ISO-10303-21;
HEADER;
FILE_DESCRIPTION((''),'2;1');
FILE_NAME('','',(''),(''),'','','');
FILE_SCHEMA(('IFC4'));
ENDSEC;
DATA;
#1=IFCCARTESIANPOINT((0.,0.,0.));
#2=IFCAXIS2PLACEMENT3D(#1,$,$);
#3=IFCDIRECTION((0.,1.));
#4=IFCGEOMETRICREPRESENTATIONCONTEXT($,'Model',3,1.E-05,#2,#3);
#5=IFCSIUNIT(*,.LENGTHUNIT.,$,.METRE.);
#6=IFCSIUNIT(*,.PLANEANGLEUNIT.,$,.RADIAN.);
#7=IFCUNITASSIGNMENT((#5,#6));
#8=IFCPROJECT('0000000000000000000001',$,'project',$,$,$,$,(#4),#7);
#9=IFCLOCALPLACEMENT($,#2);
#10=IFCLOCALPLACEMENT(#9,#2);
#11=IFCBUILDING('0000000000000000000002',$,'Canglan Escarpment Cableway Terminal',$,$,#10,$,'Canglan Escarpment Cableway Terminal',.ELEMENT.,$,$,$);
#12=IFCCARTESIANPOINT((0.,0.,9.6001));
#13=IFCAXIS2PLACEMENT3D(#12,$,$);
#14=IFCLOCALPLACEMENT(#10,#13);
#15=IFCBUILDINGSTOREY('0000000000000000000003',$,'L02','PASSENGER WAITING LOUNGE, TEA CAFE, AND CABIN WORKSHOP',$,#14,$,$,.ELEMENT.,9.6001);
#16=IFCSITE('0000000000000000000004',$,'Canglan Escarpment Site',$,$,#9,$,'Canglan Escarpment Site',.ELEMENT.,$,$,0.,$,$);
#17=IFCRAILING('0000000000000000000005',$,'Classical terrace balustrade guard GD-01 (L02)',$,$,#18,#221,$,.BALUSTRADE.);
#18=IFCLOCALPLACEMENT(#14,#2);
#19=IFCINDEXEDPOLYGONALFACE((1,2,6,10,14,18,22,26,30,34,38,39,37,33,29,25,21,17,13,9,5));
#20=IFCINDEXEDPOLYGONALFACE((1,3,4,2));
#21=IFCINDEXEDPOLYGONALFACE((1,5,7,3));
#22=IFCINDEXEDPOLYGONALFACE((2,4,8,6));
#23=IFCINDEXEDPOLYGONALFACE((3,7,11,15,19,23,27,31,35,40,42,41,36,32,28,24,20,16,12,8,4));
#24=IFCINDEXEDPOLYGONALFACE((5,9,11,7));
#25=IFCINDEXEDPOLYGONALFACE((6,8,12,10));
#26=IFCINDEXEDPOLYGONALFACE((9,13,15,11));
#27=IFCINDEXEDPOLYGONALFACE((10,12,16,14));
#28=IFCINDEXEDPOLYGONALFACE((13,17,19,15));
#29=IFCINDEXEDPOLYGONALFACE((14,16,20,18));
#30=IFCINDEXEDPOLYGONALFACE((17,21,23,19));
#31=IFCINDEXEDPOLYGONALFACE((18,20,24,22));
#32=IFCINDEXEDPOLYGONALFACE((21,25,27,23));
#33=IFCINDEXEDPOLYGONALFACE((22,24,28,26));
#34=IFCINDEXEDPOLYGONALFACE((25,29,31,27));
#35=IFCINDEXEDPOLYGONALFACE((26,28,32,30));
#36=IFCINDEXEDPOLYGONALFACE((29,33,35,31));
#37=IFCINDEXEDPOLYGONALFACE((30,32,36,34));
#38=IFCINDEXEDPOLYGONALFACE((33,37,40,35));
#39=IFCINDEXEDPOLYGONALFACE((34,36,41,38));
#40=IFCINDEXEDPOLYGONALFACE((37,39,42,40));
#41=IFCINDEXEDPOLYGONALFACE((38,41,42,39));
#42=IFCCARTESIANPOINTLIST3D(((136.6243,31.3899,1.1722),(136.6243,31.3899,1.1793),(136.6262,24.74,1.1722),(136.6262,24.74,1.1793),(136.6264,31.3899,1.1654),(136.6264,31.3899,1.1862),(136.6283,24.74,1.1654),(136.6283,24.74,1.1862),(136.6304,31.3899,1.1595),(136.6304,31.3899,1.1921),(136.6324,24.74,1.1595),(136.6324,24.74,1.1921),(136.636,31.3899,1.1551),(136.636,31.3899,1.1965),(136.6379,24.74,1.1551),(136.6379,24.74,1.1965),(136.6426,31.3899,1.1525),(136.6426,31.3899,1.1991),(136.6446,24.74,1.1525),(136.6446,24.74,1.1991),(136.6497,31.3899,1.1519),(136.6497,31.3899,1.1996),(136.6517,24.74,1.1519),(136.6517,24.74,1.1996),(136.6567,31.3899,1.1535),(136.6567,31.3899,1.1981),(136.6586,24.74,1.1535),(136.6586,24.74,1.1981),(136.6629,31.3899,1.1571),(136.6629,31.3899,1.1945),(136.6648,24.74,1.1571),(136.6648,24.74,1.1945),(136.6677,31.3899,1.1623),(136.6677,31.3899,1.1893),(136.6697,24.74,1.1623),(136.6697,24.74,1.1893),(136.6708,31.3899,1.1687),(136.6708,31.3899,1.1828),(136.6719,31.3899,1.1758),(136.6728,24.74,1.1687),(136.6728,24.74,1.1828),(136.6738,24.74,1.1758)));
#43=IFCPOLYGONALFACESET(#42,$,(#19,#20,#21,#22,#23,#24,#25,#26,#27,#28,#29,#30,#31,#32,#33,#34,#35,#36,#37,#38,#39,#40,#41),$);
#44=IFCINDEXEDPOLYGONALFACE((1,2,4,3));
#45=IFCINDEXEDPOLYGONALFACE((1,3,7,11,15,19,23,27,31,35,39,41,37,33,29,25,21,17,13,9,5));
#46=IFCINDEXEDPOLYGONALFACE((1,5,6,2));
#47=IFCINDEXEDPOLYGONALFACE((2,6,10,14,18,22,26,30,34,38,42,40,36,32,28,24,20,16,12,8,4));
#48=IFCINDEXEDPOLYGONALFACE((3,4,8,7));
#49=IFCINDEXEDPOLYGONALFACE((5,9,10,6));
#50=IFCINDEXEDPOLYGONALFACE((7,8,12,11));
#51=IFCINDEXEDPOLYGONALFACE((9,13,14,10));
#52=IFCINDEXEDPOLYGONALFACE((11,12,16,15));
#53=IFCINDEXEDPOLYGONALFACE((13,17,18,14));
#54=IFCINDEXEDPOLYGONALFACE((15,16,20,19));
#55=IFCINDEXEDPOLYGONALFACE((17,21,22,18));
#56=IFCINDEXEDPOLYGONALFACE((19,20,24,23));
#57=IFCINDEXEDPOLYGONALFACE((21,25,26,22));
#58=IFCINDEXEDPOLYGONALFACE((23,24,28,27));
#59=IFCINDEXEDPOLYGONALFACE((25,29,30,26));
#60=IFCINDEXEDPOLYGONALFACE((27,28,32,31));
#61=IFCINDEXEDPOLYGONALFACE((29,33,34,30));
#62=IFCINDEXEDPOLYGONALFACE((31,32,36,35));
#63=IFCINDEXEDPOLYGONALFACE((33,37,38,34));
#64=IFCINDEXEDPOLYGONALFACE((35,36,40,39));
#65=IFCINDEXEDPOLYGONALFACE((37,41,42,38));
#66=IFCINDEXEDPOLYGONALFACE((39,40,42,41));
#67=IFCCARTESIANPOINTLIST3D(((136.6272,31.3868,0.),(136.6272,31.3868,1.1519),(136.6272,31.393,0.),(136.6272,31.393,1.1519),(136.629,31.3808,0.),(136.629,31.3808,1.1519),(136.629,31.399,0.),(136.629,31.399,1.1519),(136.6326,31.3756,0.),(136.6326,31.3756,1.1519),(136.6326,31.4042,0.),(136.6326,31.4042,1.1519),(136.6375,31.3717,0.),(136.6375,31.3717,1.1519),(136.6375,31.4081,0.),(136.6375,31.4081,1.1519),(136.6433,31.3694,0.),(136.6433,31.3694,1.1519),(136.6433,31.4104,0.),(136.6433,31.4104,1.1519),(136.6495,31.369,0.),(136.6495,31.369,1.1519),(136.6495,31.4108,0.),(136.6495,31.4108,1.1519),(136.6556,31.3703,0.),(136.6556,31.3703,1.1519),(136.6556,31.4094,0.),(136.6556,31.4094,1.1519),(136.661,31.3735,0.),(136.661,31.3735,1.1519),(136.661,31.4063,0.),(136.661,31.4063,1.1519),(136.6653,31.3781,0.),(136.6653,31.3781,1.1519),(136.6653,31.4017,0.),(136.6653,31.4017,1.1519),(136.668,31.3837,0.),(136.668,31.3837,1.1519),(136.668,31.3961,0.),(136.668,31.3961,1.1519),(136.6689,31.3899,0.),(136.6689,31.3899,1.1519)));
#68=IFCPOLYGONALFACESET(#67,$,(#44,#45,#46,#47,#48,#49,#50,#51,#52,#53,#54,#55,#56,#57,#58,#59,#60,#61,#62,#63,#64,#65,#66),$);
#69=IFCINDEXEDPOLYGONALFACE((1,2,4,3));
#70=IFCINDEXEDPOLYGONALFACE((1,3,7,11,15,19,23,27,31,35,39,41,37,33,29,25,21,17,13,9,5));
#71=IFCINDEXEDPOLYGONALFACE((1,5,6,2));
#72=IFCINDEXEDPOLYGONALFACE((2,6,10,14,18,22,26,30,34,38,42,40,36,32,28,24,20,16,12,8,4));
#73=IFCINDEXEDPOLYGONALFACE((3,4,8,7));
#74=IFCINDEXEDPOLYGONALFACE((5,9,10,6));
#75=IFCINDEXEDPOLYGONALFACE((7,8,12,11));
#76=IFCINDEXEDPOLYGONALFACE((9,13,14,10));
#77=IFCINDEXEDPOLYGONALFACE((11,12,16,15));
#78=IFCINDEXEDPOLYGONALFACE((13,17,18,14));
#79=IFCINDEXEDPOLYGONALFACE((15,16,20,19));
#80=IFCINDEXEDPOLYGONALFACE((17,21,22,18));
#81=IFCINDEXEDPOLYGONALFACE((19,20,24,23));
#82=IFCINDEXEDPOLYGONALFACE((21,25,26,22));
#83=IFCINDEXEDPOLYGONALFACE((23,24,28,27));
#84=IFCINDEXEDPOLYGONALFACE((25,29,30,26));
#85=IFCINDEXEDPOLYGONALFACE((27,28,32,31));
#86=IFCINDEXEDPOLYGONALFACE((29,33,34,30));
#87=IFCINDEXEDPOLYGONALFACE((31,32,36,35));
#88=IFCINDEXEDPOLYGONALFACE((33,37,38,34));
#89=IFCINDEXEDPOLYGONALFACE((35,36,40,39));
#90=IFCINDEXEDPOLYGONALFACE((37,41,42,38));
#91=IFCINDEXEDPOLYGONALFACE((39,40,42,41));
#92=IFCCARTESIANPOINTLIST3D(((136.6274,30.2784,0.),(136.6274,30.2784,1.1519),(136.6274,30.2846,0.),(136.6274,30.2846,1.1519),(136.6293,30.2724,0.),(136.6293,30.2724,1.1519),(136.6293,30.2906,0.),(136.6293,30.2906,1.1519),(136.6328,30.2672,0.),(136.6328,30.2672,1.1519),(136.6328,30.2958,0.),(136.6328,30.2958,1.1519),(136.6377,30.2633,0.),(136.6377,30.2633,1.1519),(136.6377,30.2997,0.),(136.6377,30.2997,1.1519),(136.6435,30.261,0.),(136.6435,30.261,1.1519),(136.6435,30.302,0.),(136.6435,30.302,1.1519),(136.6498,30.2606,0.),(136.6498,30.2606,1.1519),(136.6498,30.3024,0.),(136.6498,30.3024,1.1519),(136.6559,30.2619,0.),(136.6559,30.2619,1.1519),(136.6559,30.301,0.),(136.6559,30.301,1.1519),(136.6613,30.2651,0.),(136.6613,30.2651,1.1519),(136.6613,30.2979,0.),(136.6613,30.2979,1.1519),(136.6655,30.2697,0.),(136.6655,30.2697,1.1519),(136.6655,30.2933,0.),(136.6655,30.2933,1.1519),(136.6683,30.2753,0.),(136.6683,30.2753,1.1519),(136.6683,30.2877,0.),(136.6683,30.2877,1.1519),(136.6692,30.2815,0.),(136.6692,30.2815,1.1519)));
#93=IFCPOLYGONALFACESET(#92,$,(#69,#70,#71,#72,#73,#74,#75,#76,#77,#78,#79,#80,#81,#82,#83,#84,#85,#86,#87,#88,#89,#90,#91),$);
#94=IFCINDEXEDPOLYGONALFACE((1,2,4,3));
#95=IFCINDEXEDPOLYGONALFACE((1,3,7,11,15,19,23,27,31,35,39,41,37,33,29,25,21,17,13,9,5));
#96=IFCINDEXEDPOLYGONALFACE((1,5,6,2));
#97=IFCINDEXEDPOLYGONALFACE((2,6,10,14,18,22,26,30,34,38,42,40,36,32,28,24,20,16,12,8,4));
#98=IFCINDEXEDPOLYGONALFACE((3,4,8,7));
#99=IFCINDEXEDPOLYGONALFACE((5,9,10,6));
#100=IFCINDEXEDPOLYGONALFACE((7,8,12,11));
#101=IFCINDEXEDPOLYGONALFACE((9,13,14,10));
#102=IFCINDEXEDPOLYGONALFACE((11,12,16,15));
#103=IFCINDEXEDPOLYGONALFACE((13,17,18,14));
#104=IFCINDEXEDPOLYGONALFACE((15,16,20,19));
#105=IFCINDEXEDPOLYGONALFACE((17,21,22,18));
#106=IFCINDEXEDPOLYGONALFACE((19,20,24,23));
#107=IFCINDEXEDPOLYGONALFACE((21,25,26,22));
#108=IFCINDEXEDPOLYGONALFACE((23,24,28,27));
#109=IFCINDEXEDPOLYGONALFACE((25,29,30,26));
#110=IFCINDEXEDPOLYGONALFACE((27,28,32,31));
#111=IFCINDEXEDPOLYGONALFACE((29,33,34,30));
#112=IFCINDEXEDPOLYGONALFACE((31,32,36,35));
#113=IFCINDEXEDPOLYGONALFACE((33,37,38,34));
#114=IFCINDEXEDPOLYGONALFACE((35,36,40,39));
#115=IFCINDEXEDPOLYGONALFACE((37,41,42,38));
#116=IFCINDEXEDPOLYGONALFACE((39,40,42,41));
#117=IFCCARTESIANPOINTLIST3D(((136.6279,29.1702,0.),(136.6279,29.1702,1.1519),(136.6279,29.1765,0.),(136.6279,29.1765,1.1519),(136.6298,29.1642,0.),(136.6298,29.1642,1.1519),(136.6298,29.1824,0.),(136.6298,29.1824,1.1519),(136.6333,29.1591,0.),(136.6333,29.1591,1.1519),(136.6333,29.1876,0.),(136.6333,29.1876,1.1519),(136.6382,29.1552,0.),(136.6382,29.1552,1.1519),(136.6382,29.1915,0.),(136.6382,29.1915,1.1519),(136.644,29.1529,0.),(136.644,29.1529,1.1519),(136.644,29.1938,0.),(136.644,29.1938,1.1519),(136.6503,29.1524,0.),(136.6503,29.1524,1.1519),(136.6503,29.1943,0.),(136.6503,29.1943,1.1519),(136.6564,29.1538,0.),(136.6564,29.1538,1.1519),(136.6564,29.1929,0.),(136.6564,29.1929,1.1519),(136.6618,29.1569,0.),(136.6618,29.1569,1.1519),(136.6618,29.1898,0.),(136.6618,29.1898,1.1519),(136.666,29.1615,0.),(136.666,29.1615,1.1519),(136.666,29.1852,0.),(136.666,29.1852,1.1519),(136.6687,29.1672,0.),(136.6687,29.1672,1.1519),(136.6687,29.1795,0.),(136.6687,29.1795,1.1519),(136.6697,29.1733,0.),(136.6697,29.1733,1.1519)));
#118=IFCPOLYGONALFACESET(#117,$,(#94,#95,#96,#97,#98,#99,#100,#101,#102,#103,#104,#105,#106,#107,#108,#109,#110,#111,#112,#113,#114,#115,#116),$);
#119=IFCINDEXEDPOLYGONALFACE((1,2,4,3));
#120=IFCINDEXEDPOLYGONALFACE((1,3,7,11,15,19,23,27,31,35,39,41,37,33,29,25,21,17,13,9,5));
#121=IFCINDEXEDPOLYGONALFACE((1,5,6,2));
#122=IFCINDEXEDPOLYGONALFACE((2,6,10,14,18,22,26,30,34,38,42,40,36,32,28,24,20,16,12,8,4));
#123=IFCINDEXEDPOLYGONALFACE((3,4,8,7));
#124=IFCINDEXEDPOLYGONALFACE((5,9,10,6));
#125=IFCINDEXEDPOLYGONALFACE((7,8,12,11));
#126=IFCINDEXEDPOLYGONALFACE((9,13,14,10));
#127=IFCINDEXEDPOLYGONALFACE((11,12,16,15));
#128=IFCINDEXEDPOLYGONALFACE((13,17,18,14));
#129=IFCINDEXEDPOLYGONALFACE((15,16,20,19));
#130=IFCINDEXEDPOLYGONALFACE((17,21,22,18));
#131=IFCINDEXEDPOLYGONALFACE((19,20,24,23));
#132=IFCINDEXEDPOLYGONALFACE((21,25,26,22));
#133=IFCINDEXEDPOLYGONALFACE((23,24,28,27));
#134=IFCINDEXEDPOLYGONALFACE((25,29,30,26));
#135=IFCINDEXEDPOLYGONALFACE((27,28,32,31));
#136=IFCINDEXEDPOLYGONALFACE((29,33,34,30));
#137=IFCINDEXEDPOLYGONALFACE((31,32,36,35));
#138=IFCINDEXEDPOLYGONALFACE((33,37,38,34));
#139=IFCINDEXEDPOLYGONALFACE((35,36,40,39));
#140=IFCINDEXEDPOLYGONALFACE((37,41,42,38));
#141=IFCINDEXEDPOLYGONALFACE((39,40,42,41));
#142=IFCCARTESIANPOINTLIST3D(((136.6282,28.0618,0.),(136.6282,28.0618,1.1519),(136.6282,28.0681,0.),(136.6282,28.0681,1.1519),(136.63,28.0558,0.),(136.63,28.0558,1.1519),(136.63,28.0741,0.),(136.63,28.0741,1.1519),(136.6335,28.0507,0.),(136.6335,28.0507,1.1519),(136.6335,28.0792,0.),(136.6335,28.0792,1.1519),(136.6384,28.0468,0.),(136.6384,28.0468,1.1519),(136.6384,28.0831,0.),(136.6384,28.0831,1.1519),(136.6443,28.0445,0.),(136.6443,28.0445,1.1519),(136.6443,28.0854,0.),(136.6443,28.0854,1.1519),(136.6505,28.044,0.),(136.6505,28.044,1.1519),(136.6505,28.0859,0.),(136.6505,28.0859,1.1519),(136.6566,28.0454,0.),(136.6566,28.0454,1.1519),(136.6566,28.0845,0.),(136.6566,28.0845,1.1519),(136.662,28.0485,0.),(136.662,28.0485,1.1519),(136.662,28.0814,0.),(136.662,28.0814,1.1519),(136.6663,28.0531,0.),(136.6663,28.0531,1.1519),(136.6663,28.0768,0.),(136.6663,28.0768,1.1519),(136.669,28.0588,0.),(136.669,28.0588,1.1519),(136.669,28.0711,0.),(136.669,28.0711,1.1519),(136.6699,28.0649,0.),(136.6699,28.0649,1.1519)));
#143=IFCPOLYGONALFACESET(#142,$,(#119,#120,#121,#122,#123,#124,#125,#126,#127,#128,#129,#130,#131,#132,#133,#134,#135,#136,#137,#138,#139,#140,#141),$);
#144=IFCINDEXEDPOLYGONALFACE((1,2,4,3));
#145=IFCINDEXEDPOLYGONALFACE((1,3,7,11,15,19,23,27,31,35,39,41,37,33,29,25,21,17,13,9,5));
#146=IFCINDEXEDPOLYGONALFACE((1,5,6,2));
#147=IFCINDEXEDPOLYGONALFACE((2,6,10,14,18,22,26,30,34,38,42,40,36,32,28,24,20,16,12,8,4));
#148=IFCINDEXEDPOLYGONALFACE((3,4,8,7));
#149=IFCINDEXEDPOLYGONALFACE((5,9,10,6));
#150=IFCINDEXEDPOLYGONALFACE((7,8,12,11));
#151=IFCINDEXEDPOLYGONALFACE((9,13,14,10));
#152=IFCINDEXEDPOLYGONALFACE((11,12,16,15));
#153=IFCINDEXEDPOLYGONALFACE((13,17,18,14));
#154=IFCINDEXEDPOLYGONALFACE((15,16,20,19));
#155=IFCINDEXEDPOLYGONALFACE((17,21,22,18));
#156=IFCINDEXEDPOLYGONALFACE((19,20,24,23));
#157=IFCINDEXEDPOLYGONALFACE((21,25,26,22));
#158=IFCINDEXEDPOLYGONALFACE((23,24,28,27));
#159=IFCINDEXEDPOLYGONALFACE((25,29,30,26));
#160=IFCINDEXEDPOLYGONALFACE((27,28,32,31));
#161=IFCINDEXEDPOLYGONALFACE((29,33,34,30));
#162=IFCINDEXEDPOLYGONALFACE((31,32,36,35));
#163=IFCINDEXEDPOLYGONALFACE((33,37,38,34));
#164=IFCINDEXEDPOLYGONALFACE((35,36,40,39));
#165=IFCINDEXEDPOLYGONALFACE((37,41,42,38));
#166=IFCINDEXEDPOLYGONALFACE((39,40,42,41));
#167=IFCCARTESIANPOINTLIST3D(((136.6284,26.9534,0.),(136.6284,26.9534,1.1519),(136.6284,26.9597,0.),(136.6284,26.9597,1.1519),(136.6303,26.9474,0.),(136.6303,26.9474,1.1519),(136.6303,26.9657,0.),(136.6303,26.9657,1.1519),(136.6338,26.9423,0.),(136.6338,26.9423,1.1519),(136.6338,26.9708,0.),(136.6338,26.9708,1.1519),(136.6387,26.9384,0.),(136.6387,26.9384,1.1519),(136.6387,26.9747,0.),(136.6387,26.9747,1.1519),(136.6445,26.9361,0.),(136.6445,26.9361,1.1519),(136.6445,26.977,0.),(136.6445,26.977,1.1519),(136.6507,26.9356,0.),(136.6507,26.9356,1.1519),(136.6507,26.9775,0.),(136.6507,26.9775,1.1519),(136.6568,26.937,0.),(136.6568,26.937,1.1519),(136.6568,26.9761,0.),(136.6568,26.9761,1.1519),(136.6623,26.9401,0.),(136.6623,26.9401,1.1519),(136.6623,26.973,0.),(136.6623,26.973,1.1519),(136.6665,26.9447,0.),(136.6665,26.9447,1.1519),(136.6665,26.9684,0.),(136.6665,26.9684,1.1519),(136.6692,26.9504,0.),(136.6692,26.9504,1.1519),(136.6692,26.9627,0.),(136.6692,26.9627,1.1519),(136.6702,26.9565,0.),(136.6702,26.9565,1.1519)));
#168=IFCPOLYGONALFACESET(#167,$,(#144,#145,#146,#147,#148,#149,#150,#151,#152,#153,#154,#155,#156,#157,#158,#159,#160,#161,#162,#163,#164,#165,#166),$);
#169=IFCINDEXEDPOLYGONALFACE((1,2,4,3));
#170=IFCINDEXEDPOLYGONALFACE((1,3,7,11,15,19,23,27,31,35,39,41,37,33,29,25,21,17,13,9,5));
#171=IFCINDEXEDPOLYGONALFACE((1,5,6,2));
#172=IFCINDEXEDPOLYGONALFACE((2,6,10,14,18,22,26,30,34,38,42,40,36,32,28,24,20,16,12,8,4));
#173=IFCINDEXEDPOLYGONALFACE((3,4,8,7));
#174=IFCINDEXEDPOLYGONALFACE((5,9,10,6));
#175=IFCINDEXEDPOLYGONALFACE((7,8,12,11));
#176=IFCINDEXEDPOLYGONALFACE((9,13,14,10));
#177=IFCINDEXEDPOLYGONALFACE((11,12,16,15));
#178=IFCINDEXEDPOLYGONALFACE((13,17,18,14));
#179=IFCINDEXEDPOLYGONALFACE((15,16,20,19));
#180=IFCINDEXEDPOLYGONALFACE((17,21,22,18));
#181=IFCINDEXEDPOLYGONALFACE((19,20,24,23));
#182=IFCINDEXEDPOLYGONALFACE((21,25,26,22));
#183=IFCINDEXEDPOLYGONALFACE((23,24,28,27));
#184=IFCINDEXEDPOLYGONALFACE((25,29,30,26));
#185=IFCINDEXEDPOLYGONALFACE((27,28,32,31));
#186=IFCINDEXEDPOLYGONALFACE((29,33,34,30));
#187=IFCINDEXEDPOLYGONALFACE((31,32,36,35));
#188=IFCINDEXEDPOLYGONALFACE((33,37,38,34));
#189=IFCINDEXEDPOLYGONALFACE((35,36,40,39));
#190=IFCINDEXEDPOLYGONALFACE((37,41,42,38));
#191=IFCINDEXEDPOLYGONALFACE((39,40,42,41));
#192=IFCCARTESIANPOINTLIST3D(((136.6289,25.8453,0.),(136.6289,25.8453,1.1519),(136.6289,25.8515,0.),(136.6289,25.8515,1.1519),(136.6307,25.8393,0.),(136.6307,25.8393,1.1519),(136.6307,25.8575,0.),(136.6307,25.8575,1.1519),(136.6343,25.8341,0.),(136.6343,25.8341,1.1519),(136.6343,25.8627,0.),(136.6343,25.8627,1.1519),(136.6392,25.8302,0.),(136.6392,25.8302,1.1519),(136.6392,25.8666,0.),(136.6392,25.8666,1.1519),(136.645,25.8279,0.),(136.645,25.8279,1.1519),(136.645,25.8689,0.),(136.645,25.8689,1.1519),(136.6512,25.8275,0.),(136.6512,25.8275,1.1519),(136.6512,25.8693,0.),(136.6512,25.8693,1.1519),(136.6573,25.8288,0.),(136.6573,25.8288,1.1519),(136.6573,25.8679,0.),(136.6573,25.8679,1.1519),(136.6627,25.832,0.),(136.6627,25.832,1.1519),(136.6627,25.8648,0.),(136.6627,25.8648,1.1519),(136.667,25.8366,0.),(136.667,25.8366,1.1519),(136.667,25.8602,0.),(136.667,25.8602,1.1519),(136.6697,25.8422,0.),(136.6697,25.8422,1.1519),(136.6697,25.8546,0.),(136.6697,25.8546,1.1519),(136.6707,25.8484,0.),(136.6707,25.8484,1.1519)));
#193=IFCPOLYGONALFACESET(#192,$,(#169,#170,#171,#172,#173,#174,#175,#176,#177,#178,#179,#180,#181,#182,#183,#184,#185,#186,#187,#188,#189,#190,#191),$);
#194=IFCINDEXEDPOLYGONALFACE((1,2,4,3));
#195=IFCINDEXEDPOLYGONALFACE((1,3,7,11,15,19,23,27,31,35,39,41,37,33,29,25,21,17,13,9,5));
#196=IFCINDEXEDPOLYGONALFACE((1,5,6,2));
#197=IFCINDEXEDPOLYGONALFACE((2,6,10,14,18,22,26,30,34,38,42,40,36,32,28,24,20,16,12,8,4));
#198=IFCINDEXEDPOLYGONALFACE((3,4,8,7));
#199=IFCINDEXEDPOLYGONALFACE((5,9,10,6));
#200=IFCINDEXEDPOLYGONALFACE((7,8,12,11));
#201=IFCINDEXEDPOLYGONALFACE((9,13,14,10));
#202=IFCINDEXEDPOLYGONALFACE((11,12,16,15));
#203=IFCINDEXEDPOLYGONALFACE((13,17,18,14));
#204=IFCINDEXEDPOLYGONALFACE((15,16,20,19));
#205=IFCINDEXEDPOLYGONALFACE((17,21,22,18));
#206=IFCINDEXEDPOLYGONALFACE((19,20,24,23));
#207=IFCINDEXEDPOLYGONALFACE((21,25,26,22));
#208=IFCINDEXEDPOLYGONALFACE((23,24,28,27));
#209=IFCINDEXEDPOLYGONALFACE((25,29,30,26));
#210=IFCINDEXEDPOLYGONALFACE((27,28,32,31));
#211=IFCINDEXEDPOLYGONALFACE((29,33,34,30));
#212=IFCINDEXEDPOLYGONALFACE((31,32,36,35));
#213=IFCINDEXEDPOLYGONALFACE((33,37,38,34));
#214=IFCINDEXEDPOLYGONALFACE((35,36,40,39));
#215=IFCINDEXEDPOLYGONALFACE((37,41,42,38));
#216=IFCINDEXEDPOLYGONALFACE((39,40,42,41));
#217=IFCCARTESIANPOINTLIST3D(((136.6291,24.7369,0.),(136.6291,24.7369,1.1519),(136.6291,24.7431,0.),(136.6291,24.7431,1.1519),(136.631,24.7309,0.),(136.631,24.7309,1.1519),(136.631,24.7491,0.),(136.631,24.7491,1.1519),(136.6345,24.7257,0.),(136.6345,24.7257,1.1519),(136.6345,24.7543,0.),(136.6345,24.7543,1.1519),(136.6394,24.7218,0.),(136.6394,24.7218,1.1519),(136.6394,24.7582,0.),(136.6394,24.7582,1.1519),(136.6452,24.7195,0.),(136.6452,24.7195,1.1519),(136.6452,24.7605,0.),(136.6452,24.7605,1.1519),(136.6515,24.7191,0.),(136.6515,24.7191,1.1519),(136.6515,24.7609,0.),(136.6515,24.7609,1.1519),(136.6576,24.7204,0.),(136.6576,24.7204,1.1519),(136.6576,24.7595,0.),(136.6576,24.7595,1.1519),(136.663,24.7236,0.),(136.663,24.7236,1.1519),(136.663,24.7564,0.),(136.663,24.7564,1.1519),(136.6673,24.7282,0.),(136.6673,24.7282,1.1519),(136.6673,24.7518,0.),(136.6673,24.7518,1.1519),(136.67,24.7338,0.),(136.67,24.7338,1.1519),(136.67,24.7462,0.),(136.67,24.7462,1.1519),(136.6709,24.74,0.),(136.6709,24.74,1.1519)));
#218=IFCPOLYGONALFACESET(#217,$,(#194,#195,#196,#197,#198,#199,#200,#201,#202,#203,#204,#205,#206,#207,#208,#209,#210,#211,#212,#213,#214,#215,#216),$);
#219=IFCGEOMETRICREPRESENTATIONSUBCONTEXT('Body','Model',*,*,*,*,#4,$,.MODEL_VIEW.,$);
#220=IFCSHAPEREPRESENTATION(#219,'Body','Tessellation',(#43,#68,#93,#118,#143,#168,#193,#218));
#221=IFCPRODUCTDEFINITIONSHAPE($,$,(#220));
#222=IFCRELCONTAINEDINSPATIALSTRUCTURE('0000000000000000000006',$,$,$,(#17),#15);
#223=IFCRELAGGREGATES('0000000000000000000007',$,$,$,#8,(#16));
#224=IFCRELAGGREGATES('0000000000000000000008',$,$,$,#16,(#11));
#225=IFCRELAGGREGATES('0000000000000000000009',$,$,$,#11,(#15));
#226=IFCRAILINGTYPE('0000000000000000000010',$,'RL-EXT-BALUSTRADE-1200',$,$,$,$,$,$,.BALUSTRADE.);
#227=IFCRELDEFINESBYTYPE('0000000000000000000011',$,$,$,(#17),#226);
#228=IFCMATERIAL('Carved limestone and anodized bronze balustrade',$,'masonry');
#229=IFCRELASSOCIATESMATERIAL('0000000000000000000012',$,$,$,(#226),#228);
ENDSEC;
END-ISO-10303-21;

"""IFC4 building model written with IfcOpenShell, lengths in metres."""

from ifc_helpers import new_model, si_unit, direction, frame, origin, origin_2d, place, context, subcontext, project, spatial, circle, extrude, material, type_object, element, save


model = new_model("IFC4")

# Units and contexts
model_context = context("Model", 3, precision=1e-05, world=origin(), true_north=direction((0.0, 1.0)))
body_context = subcontext(model_context, "Body", "Model", "MODEL_VIEW")
ifc_project = project(units=[si_unit("LENGTHUNIT", "METRE"), si_unit("PLANEANGLEUNIT", "RADIAN")], contexts=[model_context])

# Site, building, storey
site_placement = place(None, origin())
site = spatial("IfcSite", under=ifc_project, at=site_placement, Name="Canglan Escarpment Site", LongName="Canglan Escarpment Site", CompositionType="ELEMENT", RefElevation=0.0)
building_placement = place(site_placement, origin())
building = spatial("IfcBuilding", under=site, at=building_placement, Name="Canglan Escarpment Cableway Terminal", LongName="Canglan Escarpment Cableway Terminal", CompositionType="ELEMENT")
storey_placement = place(building_placement, frame((0.0, 0.0, 9.6001)))
storey = spatial("IfcBuildingStorey", under=building, at=storey_placement, Name="L02", Description="PASSENGER WAITING LOUNGE, TEA CAFE, AND CABIN WORKSHOP", CompositionType="ELEMENT", Elevation=9.6001)

# Railing
ifc_material_1 = material(Name="Carved limestone and anodized bronze balustrade", Category="masonry")
railing_type = type_object("IfcRailingType", Name="RL-EXT-BALUSTRADE-1200", PredefinedType="BALUSTRADE", material=ifc_material_1)
railing_1_placement = place(storey_placement, frame((136.6479, 31.3899, 0.0)))
element("IfcRailing", 1, at=railing_1_placement, inside=storey, type_object=railing_type, Name="Classical terrace balustrade guard GD-01 (L02)", PredefinedType="BALUSTRADE", context=body_context, shape_type="SweptSolid", body=[
    extrude(circle(Radius=0.0239, at=origin_2d()), frame((0.0, 0.0, 1.1758), z_axis=(0.000294, -1.0, 0.0), x_axis=(1.0, 0.000294, 0.0)), (0.0, 0.0, 1.0), 6.6499),
    extrude(circle(Radius=0.021, at=origin_2d()), origin(), (0.0, 0.0, 1.0), 1.1519),
    extrude(circle(Radius=0.021, at=origin_2d()), frame((0.0002, -1.1084, 0.0)), (0.0, 0.0, 1.0), 1.1519),
    extrude(circle(Radius=0.021, at=origin_2d()), frame((0.0007, -2.2166, 0.0)), (0.0, 0.0, 1.0), 1.1519),
    extrude(circle(Radius=0.021, at=origin_2d()), frame((0.001, -3.325, 0.0)), (0.0, 0.0, 1.0), 1.1519),
    extrude(circle(Radius=0.021, at=origin_2d()), frame((0.0012, -4.4333, 0.0)), (0.0, 0.0, 1.0), 1.1519),
    extrude(circle(Radius=0.021, at=origin_2d()), frame((0.0017, -5.5415, 0.0)), (0.0, 0.0, 1.0), 1.1519),
    extrude(circle(Radius=0.021, at=origin_2d()), frame((0.002, -6.6499, 0.0)), (0.0, 0.0, 1.0), 1.1519),
])

save(model, "model.ifc")
